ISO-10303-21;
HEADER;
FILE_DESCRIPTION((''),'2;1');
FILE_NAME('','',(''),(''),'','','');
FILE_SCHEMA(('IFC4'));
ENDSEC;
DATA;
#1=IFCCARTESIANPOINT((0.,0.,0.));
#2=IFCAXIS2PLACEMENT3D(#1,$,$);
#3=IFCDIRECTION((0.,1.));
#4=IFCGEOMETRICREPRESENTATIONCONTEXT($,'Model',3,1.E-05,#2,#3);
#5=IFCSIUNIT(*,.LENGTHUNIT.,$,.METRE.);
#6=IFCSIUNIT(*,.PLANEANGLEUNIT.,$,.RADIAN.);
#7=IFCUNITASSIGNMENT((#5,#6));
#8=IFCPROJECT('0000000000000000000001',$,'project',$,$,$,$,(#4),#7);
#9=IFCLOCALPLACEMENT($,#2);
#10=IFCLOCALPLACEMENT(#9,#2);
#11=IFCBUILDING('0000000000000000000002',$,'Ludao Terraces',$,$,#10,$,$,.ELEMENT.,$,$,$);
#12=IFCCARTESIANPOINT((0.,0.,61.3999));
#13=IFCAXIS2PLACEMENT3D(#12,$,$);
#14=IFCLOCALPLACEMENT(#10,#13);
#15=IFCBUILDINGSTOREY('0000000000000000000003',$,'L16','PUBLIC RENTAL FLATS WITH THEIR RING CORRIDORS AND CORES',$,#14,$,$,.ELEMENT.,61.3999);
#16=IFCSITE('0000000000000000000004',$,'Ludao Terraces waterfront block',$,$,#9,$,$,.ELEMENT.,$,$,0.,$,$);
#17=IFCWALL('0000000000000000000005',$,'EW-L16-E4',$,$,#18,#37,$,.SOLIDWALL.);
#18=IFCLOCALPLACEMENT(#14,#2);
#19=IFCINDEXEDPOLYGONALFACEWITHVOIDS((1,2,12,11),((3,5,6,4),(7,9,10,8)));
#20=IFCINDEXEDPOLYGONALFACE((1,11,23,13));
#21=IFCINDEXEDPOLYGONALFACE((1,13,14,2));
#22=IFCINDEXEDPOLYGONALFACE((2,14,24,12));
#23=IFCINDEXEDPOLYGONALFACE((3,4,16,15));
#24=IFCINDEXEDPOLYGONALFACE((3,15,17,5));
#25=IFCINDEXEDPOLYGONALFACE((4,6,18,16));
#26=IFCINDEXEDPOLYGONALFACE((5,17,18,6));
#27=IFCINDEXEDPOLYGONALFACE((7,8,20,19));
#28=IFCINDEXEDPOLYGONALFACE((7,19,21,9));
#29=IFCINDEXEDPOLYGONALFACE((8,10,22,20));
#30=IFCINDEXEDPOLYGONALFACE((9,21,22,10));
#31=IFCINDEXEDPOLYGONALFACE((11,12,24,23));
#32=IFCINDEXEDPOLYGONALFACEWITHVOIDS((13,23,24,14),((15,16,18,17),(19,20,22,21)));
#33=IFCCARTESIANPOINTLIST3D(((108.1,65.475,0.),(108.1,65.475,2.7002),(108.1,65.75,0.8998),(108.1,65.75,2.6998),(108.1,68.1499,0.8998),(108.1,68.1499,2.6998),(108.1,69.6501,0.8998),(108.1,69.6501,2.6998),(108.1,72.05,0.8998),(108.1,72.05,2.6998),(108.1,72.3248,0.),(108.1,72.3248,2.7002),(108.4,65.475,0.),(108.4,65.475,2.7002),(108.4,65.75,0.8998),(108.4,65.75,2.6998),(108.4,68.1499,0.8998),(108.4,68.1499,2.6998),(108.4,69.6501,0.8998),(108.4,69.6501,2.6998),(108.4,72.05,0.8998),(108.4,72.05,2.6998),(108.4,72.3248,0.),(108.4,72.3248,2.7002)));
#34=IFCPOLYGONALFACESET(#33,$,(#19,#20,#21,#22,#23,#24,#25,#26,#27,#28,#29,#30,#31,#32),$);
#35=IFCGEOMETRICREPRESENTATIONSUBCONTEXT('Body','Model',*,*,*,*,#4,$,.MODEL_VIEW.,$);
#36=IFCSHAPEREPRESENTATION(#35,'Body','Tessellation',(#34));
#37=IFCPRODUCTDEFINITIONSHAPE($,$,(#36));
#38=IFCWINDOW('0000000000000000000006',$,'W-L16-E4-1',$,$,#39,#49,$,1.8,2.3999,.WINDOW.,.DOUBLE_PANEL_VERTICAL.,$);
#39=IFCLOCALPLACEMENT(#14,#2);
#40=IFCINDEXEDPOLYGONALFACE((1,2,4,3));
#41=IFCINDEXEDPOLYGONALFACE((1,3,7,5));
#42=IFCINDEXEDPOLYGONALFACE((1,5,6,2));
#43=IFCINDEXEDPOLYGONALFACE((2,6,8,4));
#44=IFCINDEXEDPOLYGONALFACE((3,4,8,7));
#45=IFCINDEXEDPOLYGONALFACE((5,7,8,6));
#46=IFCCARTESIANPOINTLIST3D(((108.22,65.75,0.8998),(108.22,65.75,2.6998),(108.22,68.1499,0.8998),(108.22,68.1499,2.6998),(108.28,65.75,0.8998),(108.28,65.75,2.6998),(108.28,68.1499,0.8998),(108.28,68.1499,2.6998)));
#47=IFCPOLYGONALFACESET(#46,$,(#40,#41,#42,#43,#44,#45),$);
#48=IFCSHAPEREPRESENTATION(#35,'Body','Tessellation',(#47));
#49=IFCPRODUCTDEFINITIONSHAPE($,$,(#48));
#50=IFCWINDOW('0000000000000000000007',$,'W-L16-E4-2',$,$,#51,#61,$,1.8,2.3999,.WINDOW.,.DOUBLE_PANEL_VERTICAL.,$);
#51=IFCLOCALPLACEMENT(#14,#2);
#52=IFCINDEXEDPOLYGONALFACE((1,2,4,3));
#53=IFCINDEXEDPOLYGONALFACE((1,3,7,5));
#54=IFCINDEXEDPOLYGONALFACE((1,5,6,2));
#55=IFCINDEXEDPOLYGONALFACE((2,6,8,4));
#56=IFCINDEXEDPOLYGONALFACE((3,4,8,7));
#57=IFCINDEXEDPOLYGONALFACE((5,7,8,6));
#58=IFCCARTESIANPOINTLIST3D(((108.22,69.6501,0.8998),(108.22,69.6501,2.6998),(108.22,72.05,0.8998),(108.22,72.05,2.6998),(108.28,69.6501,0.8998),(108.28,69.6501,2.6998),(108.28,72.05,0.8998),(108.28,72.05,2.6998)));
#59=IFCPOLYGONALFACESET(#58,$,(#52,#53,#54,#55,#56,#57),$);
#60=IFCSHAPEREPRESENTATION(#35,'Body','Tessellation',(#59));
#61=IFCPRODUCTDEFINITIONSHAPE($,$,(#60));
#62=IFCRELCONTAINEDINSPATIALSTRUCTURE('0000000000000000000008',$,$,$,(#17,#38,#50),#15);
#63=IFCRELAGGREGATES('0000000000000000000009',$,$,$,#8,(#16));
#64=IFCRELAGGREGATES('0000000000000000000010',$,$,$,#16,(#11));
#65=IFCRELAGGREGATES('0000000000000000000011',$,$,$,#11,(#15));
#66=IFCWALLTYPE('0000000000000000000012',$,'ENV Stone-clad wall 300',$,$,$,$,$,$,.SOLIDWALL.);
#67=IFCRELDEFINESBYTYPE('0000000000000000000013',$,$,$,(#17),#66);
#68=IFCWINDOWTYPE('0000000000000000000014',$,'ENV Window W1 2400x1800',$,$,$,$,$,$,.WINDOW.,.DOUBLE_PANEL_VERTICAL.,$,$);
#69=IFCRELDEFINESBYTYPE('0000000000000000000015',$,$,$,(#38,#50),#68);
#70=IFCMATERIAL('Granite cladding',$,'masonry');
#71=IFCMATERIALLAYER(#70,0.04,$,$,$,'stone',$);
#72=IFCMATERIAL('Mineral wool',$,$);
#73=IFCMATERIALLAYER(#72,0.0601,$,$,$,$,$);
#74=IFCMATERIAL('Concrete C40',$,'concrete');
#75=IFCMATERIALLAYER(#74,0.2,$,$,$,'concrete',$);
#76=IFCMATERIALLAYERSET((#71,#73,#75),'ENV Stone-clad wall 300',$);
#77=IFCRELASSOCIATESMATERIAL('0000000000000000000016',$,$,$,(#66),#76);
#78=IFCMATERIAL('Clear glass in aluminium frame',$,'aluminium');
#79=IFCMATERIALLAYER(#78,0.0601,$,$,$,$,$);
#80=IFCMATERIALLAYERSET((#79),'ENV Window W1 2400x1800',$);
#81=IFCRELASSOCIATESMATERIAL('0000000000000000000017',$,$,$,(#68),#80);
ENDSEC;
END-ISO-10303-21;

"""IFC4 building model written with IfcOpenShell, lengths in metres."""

from ifc_helpers import new_model, si_unit, direction, frame, frame_2d, origin, place, context, subcontext, project, spatial, rectangle, extrude, material, layer, layer_set, type_object, element, fill, save


model = new_model("IFC4")

# Units and contexts
model_context = context("Model", 3, precision=1e-05, world=origin(), true_north=direction((0.0, 1.0)))
body_context = subcontext(model_context, "Body", "Model", "MODEL_VIEW")
ifc_project = project(units=[si_unit("LENGTHUNIT", "METRE"), si_unit("PLANEANGLEUNIT", "RADIAN")], contexts=[model_context])

# Site, building, storey
site_placement = place(None, origin())
site = spatial("IfcSite", under=ifc_project, at=site_placement, Name="Ludao Terraces waterfront block", CompositionType="ELEMENT", RefElevation=0.0)
building_placement = place(site_placement, origin())
building = spatial("IfcBuilding", under=site, at=building_placement, Name="Ludao Terraces", CompositionType="ELEMENT")
storey_placement = place(building_placement, frame((0.0, 0.0, 61.3999)))
storey = spatial("IfcBuildingStorey", under=building, at=storey_placement, Name="L16", Description="PUBLIC RENTAL FLATS WITH THEIR RING CORRIDORS AND CORES", CompositionType="ELEMENT", Elevation=61.3999)

# Shared definitions
ifc_material_1 = material(Name="Concrete C40", Category="concrete")

# Wall, openings, windows
ifc_material_2 = material(Name="Granite cladding", Category="masonry")
ifc_layer_1 = layer(ifc_material_2, 0.04, Category="stone")
ifc_material_3 = material(Name="Mineral wool")
ifc_layer_2 = layer(ifc_material_3, 0.0601)
ifc_layer_3 = layer(ifc_material_1, 0.2, Category="concrete")
ifc_layer_set_1 = layer_set([ifc_layer_1, ifc_layer_2, ifc_layer_3], Name="ENV Stone-clad wall 300")
wall_type_1 = type_object("IfcWallType", Name="ENV Stone-clad wall 300", PredefinedType="SOLIDWALL", material=ifc_layer_set_1)
wall_1_placement = place(storey_placement, frame((108.25, 65.4751, 0.0), z_axis=(0.0, 0.0, 1.0), x_axis=(0.0, 1.0, 0.0)))
wall_1 = element("IfcWall", 1, at=wall_1_placement, inside=storey, type_object=wall_type_1, Name="EW-L16-E4", PredefinedType="SOLIDWALL", context=body_context, shape_type="SweptSolid", body=[
    extrude(rectangle(XDim=6.8499, YDim=0.3, at=frame_2d((3.4248, 0.0))), origin(), (0.0, 0.0, 1.0), 2.7002),
])
opening_1_placement = place(wall_1_placement, frame((0.2749, 0.0, 0.8999)))
opening_1 = element("IfcOpeningElement", 2, at=opening_1_placement, cuts=wall_1, PredefinedType="OPENING", context=body_context, shape_type="SweptSolid", body=[
    extrude(rectangle(XDim=2.3999, YDim=1.8, at=frame_2d((1.2, 0.8999))), frame((0.0, 0.1602, 0.0), z_axis=(0.0, -1.0, 0.0), x_axis=(1.0, 0.0, 0.0)), (0.0, 0.0, 1.0), 0.3201),
])
opening_2_placement = place(wall_1_placement, frame((4.175, 0.0, 0.8999)))
opening_2 = element("IfcOpeningElement", 3, at=opening_2_placement, cuts=wall_1, PredefinedType="OPENING", context=body_context, shape_type="SweptSolid", body=[
    extrude(rectangle(XDim=2.3999, YDim=1.8, at=frame_2d((1.2, 0.8999))), frame((0.0, 0.1602, 0.0), z_axis=(0.0, -1.0, 0.0), x_axis=(1.0, 0.0, 0.0)), (0.0, 0.0, 1.0), 0.3201),
])
ifc_material_4 = material(Name="Clear glass in aluminium frame", Category="aluminium")
ifc_layer_4 = layer(ifc_material_4, 0.0601)
ifc_layer_set_2 = layer_set([ifc_layer_4], Name="ENV Window W1 2400x1800")
window_type = type_object("IfcWindowType", Name="ENV Window W1 2400x1800", PartitioningType="DOUBLE_PANEL_VERTICAL", PredefinedType="WINDOW", material=ifc_layer_set_2)
window_1_placement = place(opening_1_placement, origin())
window_1 = element("IfcWindow", 4, at=window_1_placement, inside=storey, type_object=window_type, Name="W-L16-E4-1", OverallHeight=1.8, OverallWidth=2.3999, PartitioningType="DOUBLE_PANEL_VERTICAL", PredefinedType="WINDOW", context=body_context, shape_type="SweptSolid", body=[
    extrude(rectangle(XDim=2.3999, YDim=1.8, at=frame_2d((1.2, 0.8999))), frame((0.0, 0.03, 0.0), z_axis=(0.0, -1.0, 0.0), x_axis=(1.0, 0.0, 0.0)), (0.0, 0.0, 1.0), 0.0601),
])
fill(opening_1, window_1)
window_2_placement = place(opening_2_placement, origin())
window_2 = element("IfcWindow", 5, at=window_2_placement, inside=storey, type_object=window_type, Name="W-L16-E4-2", OverallHeight=1.8, OverallWidth=2.3999, PartitioningType="DOUBLE_PANEL_VERTICAL", PredefinedType="WINDOW", context=body_context, shape_type="SweptSolid", body=[
    extrude(rectangle(XDim=2.3999, YDim=1.8, at=frame_2d((1.2, 0.8999))), frame((0.0, 0.03, 0.0), z_axis=(0.0, -1.0, 0.0), x_axis=(1.0, 0.0, 0.0)), (0.0, 0.0, 1.0), 0.0601),
])
fill(opening_2, window_2)

save(model, "model.ifc")
